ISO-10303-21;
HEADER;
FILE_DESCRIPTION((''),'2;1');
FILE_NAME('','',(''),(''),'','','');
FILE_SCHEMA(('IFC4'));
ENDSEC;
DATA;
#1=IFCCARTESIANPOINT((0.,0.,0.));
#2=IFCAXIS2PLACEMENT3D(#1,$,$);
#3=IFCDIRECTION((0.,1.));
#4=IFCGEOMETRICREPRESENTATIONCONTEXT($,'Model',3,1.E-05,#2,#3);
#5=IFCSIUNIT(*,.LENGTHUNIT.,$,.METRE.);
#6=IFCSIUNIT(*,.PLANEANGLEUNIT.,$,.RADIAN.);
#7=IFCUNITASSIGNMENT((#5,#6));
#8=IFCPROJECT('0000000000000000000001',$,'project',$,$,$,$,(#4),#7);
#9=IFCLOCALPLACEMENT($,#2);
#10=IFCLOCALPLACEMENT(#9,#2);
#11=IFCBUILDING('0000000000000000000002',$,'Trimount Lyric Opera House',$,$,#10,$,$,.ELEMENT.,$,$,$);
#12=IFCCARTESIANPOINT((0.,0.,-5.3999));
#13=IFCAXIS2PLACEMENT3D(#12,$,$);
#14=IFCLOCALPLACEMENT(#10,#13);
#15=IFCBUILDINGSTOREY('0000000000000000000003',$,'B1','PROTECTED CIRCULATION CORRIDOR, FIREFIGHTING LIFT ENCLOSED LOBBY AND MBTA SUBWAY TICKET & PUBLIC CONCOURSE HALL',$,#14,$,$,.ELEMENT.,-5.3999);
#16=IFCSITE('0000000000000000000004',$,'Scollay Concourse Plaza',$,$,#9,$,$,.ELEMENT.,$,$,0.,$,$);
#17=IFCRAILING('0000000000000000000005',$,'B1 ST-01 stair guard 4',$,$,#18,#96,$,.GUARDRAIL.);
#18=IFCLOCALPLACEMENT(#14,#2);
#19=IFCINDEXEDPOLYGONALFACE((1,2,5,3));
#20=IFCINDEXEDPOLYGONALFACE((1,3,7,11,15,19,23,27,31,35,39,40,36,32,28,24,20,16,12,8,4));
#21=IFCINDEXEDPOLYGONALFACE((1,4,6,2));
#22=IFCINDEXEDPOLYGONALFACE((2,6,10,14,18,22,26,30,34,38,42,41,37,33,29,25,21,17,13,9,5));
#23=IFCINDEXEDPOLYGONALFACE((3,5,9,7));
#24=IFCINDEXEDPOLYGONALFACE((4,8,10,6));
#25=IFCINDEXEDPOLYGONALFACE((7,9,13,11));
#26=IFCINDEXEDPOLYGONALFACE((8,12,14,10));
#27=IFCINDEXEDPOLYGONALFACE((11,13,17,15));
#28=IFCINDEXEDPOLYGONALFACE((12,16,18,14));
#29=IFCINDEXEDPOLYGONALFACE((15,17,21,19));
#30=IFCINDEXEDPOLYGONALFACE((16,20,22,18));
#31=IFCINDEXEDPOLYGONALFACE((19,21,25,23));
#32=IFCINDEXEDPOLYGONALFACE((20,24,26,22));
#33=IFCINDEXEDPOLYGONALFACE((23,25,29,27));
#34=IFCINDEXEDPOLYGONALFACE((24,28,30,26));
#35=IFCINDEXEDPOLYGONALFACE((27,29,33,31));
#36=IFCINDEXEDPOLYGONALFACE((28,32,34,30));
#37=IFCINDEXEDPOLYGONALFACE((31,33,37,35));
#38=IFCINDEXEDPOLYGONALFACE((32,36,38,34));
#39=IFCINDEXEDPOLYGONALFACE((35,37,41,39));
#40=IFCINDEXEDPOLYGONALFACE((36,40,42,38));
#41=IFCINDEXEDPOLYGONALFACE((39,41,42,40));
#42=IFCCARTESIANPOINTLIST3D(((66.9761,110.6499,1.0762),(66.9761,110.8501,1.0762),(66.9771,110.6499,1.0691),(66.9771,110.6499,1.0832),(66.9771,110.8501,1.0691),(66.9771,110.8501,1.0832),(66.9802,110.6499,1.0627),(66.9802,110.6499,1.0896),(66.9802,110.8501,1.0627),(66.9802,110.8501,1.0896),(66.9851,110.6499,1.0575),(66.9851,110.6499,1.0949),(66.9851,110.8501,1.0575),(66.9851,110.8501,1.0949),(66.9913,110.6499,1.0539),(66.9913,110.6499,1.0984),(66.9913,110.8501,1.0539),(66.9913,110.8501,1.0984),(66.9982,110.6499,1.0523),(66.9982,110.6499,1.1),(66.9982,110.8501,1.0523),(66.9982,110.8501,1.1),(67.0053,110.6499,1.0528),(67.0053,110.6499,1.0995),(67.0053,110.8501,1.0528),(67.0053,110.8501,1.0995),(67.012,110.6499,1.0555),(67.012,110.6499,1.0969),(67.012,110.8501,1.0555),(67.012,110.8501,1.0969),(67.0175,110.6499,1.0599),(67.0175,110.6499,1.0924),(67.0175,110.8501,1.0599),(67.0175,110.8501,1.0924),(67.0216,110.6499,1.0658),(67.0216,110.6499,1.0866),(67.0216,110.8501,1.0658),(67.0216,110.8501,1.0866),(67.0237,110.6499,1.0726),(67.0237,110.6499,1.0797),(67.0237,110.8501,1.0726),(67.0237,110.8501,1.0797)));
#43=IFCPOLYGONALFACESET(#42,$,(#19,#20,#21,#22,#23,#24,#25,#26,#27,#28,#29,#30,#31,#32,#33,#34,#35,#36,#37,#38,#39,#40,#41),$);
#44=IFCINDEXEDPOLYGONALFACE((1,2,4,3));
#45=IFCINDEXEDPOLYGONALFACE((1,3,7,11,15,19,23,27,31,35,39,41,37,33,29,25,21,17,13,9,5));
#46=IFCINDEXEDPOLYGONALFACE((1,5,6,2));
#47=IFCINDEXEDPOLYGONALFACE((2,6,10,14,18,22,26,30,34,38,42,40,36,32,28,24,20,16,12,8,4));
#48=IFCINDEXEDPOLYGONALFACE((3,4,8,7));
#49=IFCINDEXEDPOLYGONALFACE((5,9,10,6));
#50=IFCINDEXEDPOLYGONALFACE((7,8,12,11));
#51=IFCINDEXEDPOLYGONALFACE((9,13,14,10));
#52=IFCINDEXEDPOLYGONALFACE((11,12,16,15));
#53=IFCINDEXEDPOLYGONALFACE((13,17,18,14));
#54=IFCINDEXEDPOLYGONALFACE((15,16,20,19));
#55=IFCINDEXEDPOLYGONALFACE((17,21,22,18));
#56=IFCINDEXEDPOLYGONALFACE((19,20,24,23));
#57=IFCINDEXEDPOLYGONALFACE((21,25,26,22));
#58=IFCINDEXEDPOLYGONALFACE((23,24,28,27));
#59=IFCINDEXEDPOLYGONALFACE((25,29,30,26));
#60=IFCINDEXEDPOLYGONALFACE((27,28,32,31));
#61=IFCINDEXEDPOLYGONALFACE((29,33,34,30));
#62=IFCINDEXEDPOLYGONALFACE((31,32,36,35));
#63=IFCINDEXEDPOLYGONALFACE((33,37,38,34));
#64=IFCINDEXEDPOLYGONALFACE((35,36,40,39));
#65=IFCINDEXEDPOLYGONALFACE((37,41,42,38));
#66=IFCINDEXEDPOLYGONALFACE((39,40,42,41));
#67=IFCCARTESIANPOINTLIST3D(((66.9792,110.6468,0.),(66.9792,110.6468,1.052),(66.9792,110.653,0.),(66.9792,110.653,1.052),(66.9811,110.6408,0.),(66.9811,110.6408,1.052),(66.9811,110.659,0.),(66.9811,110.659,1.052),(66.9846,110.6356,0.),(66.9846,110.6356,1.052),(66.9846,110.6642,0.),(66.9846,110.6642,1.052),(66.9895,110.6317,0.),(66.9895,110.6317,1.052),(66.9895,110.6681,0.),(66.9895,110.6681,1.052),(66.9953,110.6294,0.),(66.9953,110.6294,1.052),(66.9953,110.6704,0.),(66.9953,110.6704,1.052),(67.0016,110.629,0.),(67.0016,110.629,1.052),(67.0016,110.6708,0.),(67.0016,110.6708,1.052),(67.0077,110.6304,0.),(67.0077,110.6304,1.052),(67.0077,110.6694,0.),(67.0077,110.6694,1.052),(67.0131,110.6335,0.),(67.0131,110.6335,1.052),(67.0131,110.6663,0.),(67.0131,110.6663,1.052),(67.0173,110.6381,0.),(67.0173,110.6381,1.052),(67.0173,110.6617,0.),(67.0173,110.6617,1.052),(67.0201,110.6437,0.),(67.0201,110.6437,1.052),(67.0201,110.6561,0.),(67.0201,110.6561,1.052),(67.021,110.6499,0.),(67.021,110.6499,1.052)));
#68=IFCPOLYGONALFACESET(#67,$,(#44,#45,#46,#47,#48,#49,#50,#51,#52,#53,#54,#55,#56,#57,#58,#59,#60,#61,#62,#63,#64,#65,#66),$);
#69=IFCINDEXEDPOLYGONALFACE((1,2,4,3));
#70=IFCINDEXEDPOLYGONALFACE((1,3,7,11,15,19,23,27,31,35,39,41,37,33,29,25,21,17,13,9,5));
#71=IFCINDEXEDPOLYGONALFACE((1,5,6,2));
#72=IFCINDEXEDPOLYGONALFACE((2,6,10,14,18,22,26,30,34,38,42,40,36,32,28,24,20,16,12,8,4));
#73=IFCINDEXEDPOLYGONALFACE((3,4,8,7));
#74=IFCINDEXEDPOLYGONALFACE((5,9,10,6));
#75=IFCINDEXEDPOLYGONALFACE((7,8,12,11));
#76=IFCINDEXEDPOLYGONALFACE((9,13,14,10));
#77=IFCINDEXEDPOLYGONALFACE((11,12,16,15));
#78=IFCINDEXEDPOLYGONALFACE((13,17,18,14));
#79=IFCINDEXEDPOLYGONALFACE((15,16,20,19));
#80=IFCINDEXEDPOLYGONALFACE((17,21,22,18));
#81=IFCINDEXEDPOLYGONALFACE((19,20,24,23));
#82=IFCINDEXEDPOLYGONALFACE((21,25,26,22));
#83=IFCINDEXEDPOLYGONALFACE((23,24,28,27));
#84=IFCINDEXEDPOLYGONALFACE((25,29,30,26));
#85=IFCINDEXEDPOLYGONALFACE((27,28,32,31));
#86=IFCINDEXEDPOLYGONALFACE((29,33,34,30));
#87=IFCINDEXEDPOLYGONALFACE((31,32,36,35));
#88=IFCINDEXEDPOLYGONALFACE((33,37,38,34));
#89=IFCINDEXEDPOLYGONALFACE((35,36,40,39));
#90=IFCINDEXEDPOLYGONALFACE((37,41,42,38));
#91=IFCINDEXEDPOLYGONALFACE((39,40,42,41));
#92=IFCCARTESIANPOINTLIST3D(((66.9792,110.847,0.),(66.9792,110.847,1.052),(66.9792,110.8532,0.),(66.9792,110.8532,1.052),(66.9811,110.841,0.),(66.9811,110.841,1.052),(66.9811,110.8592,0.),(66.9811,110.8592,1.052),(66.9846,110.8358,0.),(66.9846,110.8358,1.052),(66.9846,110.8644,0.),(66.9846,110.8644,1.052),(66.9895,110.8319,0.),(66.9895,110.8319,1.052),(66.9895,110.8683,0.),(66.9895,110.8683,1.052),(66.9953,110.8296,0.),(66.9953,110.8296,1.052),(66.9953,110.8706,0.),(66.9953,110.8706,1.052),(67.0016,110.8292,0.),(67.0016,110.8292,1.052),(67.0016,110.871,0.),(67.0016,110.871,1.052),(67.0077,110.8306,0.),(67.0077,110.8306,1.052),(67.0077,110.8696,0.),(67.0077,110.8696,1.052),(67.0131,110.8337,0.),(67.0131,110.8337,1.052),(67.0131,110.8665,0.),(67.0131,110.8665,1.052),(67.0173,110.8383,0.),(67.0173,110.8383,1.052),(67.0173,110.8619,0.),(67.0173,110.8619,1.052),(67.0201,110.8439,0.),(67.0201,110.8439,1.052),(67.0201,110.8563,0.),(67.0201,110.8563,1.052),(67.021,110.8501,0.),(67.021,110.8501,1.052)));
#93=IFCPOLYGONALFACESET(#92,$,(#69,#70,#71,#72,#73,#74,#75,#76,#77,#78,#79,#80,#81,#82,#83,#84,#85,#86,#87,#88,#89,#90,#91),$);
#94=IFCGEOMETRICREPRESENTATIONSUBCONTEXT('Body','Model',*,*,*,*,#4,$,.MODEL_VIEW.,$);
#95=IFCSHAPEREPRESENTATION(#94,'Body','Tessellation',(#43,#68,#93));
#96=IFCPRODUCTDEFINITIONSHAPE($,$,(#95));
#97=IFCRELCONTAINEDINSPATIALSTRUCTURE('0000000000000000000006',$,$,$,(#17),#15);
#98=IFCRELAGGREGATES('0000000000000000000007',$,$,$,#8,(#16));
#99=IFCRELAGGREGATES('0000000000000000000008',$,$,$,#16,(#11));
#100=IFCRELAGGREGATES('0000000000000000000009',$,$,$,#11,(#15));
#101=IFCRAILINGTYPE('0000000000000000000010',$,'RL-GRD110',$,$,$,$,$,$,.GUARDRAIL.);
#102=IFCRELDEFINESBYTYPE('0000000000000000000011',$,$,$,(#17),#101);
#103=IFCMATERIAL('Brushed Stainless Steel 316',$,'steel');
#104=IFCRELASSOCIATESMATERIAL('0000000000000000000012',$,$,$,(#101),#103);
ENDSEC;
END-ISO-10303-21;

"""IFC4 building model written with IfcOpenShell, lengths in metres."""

from ifc_helpers import new_model, si_unit, direction, frame, origin, origin_2d, place, context, subcontext, project, spatial, circle, extrude, material, type_object, element, save


model = new_model("IFC4")

# Units and contexts
model_context = context("Model", 3, precision=1e-05, world=origin(), true_north=direction((0.0, 1.0)))
body_context = subcontext(model_context, "Body", "Model", "MODEL_VIEW")
ifc_project = project(units=[si_unit("LENGTHUNIT", "METRE"), si_unit("PLANEANGLEUNIT", "RADIAN")], contexts=[model_context])

# Site, building, storey
site_placement = place(None, origin())
site = spatial("IfcSite", under=ifc_project, at=site_placement, Name="Scollay Concourse Plaza", CompositionType="ELEMENT", RefElevation=0.0)
building_placement = place(site_placement, origin())
building = spatial("IfcBuilding", under=site, at=building_placement, Name="Trimount Lyric Opera House", CompositionType="ELEMENT")
storey_placement = place(building_placement, frame((0.0, 0.0, -5.3999)))
storey = spatial("IfcBuildingStorey", under=building, at=storey_placement, Name="B1", Description="PROTECTED CIRCULATION CORRIDOR, FIREFIGHTING LIFT ENCLOSED LOBBY AND MBTA SUBWAY TICKET & PUBLIC CONCOURSE HALL", CompositionType="ELEMENT", Elevation=-5.3999)

# Railing
ifc_material_1 = material(Name="Brushed Stainless Steel 316", Category="steel")
railing_type_1 = type_object("IfcRailingType", Name="RL-GRD110", PredefinedType="GUARDRAIL", material=ifc_material_1)
railing_1_placement = place(storey_placement, frame((67.0, 110.6499, 0.0)))
element("IfcRailing", 1, at=railing_1_placement, inside=storey, type_object=railing_type_1, Name="B1 ST-01 stair guard 4", PredefinedType="GUARDRAIL", context=body_context, shape_type="SweptSolid", body=[
    extrude(circle(Radius=0.0239, at=origin_2d()), frame((0.0, 0.0, 1.0762), z_axis=(0.0, 1.0, 0.0), x_axis=(-1.0, 0.0, 0.0)), (0.0, 0.0, 1.0), 0.2002),
    extrude(circle(Radius=0.021, at=origin_2d()), origin(), (0.0, 0.0, 1.0), 1.052),
    extrude(circle(Radius=0.021, at=origin_2d()), frame((0.0, 0.2002, 0.0)), (0.0, 0.0, 1.0), 1.052),
])

save(model, "model.ifc")
